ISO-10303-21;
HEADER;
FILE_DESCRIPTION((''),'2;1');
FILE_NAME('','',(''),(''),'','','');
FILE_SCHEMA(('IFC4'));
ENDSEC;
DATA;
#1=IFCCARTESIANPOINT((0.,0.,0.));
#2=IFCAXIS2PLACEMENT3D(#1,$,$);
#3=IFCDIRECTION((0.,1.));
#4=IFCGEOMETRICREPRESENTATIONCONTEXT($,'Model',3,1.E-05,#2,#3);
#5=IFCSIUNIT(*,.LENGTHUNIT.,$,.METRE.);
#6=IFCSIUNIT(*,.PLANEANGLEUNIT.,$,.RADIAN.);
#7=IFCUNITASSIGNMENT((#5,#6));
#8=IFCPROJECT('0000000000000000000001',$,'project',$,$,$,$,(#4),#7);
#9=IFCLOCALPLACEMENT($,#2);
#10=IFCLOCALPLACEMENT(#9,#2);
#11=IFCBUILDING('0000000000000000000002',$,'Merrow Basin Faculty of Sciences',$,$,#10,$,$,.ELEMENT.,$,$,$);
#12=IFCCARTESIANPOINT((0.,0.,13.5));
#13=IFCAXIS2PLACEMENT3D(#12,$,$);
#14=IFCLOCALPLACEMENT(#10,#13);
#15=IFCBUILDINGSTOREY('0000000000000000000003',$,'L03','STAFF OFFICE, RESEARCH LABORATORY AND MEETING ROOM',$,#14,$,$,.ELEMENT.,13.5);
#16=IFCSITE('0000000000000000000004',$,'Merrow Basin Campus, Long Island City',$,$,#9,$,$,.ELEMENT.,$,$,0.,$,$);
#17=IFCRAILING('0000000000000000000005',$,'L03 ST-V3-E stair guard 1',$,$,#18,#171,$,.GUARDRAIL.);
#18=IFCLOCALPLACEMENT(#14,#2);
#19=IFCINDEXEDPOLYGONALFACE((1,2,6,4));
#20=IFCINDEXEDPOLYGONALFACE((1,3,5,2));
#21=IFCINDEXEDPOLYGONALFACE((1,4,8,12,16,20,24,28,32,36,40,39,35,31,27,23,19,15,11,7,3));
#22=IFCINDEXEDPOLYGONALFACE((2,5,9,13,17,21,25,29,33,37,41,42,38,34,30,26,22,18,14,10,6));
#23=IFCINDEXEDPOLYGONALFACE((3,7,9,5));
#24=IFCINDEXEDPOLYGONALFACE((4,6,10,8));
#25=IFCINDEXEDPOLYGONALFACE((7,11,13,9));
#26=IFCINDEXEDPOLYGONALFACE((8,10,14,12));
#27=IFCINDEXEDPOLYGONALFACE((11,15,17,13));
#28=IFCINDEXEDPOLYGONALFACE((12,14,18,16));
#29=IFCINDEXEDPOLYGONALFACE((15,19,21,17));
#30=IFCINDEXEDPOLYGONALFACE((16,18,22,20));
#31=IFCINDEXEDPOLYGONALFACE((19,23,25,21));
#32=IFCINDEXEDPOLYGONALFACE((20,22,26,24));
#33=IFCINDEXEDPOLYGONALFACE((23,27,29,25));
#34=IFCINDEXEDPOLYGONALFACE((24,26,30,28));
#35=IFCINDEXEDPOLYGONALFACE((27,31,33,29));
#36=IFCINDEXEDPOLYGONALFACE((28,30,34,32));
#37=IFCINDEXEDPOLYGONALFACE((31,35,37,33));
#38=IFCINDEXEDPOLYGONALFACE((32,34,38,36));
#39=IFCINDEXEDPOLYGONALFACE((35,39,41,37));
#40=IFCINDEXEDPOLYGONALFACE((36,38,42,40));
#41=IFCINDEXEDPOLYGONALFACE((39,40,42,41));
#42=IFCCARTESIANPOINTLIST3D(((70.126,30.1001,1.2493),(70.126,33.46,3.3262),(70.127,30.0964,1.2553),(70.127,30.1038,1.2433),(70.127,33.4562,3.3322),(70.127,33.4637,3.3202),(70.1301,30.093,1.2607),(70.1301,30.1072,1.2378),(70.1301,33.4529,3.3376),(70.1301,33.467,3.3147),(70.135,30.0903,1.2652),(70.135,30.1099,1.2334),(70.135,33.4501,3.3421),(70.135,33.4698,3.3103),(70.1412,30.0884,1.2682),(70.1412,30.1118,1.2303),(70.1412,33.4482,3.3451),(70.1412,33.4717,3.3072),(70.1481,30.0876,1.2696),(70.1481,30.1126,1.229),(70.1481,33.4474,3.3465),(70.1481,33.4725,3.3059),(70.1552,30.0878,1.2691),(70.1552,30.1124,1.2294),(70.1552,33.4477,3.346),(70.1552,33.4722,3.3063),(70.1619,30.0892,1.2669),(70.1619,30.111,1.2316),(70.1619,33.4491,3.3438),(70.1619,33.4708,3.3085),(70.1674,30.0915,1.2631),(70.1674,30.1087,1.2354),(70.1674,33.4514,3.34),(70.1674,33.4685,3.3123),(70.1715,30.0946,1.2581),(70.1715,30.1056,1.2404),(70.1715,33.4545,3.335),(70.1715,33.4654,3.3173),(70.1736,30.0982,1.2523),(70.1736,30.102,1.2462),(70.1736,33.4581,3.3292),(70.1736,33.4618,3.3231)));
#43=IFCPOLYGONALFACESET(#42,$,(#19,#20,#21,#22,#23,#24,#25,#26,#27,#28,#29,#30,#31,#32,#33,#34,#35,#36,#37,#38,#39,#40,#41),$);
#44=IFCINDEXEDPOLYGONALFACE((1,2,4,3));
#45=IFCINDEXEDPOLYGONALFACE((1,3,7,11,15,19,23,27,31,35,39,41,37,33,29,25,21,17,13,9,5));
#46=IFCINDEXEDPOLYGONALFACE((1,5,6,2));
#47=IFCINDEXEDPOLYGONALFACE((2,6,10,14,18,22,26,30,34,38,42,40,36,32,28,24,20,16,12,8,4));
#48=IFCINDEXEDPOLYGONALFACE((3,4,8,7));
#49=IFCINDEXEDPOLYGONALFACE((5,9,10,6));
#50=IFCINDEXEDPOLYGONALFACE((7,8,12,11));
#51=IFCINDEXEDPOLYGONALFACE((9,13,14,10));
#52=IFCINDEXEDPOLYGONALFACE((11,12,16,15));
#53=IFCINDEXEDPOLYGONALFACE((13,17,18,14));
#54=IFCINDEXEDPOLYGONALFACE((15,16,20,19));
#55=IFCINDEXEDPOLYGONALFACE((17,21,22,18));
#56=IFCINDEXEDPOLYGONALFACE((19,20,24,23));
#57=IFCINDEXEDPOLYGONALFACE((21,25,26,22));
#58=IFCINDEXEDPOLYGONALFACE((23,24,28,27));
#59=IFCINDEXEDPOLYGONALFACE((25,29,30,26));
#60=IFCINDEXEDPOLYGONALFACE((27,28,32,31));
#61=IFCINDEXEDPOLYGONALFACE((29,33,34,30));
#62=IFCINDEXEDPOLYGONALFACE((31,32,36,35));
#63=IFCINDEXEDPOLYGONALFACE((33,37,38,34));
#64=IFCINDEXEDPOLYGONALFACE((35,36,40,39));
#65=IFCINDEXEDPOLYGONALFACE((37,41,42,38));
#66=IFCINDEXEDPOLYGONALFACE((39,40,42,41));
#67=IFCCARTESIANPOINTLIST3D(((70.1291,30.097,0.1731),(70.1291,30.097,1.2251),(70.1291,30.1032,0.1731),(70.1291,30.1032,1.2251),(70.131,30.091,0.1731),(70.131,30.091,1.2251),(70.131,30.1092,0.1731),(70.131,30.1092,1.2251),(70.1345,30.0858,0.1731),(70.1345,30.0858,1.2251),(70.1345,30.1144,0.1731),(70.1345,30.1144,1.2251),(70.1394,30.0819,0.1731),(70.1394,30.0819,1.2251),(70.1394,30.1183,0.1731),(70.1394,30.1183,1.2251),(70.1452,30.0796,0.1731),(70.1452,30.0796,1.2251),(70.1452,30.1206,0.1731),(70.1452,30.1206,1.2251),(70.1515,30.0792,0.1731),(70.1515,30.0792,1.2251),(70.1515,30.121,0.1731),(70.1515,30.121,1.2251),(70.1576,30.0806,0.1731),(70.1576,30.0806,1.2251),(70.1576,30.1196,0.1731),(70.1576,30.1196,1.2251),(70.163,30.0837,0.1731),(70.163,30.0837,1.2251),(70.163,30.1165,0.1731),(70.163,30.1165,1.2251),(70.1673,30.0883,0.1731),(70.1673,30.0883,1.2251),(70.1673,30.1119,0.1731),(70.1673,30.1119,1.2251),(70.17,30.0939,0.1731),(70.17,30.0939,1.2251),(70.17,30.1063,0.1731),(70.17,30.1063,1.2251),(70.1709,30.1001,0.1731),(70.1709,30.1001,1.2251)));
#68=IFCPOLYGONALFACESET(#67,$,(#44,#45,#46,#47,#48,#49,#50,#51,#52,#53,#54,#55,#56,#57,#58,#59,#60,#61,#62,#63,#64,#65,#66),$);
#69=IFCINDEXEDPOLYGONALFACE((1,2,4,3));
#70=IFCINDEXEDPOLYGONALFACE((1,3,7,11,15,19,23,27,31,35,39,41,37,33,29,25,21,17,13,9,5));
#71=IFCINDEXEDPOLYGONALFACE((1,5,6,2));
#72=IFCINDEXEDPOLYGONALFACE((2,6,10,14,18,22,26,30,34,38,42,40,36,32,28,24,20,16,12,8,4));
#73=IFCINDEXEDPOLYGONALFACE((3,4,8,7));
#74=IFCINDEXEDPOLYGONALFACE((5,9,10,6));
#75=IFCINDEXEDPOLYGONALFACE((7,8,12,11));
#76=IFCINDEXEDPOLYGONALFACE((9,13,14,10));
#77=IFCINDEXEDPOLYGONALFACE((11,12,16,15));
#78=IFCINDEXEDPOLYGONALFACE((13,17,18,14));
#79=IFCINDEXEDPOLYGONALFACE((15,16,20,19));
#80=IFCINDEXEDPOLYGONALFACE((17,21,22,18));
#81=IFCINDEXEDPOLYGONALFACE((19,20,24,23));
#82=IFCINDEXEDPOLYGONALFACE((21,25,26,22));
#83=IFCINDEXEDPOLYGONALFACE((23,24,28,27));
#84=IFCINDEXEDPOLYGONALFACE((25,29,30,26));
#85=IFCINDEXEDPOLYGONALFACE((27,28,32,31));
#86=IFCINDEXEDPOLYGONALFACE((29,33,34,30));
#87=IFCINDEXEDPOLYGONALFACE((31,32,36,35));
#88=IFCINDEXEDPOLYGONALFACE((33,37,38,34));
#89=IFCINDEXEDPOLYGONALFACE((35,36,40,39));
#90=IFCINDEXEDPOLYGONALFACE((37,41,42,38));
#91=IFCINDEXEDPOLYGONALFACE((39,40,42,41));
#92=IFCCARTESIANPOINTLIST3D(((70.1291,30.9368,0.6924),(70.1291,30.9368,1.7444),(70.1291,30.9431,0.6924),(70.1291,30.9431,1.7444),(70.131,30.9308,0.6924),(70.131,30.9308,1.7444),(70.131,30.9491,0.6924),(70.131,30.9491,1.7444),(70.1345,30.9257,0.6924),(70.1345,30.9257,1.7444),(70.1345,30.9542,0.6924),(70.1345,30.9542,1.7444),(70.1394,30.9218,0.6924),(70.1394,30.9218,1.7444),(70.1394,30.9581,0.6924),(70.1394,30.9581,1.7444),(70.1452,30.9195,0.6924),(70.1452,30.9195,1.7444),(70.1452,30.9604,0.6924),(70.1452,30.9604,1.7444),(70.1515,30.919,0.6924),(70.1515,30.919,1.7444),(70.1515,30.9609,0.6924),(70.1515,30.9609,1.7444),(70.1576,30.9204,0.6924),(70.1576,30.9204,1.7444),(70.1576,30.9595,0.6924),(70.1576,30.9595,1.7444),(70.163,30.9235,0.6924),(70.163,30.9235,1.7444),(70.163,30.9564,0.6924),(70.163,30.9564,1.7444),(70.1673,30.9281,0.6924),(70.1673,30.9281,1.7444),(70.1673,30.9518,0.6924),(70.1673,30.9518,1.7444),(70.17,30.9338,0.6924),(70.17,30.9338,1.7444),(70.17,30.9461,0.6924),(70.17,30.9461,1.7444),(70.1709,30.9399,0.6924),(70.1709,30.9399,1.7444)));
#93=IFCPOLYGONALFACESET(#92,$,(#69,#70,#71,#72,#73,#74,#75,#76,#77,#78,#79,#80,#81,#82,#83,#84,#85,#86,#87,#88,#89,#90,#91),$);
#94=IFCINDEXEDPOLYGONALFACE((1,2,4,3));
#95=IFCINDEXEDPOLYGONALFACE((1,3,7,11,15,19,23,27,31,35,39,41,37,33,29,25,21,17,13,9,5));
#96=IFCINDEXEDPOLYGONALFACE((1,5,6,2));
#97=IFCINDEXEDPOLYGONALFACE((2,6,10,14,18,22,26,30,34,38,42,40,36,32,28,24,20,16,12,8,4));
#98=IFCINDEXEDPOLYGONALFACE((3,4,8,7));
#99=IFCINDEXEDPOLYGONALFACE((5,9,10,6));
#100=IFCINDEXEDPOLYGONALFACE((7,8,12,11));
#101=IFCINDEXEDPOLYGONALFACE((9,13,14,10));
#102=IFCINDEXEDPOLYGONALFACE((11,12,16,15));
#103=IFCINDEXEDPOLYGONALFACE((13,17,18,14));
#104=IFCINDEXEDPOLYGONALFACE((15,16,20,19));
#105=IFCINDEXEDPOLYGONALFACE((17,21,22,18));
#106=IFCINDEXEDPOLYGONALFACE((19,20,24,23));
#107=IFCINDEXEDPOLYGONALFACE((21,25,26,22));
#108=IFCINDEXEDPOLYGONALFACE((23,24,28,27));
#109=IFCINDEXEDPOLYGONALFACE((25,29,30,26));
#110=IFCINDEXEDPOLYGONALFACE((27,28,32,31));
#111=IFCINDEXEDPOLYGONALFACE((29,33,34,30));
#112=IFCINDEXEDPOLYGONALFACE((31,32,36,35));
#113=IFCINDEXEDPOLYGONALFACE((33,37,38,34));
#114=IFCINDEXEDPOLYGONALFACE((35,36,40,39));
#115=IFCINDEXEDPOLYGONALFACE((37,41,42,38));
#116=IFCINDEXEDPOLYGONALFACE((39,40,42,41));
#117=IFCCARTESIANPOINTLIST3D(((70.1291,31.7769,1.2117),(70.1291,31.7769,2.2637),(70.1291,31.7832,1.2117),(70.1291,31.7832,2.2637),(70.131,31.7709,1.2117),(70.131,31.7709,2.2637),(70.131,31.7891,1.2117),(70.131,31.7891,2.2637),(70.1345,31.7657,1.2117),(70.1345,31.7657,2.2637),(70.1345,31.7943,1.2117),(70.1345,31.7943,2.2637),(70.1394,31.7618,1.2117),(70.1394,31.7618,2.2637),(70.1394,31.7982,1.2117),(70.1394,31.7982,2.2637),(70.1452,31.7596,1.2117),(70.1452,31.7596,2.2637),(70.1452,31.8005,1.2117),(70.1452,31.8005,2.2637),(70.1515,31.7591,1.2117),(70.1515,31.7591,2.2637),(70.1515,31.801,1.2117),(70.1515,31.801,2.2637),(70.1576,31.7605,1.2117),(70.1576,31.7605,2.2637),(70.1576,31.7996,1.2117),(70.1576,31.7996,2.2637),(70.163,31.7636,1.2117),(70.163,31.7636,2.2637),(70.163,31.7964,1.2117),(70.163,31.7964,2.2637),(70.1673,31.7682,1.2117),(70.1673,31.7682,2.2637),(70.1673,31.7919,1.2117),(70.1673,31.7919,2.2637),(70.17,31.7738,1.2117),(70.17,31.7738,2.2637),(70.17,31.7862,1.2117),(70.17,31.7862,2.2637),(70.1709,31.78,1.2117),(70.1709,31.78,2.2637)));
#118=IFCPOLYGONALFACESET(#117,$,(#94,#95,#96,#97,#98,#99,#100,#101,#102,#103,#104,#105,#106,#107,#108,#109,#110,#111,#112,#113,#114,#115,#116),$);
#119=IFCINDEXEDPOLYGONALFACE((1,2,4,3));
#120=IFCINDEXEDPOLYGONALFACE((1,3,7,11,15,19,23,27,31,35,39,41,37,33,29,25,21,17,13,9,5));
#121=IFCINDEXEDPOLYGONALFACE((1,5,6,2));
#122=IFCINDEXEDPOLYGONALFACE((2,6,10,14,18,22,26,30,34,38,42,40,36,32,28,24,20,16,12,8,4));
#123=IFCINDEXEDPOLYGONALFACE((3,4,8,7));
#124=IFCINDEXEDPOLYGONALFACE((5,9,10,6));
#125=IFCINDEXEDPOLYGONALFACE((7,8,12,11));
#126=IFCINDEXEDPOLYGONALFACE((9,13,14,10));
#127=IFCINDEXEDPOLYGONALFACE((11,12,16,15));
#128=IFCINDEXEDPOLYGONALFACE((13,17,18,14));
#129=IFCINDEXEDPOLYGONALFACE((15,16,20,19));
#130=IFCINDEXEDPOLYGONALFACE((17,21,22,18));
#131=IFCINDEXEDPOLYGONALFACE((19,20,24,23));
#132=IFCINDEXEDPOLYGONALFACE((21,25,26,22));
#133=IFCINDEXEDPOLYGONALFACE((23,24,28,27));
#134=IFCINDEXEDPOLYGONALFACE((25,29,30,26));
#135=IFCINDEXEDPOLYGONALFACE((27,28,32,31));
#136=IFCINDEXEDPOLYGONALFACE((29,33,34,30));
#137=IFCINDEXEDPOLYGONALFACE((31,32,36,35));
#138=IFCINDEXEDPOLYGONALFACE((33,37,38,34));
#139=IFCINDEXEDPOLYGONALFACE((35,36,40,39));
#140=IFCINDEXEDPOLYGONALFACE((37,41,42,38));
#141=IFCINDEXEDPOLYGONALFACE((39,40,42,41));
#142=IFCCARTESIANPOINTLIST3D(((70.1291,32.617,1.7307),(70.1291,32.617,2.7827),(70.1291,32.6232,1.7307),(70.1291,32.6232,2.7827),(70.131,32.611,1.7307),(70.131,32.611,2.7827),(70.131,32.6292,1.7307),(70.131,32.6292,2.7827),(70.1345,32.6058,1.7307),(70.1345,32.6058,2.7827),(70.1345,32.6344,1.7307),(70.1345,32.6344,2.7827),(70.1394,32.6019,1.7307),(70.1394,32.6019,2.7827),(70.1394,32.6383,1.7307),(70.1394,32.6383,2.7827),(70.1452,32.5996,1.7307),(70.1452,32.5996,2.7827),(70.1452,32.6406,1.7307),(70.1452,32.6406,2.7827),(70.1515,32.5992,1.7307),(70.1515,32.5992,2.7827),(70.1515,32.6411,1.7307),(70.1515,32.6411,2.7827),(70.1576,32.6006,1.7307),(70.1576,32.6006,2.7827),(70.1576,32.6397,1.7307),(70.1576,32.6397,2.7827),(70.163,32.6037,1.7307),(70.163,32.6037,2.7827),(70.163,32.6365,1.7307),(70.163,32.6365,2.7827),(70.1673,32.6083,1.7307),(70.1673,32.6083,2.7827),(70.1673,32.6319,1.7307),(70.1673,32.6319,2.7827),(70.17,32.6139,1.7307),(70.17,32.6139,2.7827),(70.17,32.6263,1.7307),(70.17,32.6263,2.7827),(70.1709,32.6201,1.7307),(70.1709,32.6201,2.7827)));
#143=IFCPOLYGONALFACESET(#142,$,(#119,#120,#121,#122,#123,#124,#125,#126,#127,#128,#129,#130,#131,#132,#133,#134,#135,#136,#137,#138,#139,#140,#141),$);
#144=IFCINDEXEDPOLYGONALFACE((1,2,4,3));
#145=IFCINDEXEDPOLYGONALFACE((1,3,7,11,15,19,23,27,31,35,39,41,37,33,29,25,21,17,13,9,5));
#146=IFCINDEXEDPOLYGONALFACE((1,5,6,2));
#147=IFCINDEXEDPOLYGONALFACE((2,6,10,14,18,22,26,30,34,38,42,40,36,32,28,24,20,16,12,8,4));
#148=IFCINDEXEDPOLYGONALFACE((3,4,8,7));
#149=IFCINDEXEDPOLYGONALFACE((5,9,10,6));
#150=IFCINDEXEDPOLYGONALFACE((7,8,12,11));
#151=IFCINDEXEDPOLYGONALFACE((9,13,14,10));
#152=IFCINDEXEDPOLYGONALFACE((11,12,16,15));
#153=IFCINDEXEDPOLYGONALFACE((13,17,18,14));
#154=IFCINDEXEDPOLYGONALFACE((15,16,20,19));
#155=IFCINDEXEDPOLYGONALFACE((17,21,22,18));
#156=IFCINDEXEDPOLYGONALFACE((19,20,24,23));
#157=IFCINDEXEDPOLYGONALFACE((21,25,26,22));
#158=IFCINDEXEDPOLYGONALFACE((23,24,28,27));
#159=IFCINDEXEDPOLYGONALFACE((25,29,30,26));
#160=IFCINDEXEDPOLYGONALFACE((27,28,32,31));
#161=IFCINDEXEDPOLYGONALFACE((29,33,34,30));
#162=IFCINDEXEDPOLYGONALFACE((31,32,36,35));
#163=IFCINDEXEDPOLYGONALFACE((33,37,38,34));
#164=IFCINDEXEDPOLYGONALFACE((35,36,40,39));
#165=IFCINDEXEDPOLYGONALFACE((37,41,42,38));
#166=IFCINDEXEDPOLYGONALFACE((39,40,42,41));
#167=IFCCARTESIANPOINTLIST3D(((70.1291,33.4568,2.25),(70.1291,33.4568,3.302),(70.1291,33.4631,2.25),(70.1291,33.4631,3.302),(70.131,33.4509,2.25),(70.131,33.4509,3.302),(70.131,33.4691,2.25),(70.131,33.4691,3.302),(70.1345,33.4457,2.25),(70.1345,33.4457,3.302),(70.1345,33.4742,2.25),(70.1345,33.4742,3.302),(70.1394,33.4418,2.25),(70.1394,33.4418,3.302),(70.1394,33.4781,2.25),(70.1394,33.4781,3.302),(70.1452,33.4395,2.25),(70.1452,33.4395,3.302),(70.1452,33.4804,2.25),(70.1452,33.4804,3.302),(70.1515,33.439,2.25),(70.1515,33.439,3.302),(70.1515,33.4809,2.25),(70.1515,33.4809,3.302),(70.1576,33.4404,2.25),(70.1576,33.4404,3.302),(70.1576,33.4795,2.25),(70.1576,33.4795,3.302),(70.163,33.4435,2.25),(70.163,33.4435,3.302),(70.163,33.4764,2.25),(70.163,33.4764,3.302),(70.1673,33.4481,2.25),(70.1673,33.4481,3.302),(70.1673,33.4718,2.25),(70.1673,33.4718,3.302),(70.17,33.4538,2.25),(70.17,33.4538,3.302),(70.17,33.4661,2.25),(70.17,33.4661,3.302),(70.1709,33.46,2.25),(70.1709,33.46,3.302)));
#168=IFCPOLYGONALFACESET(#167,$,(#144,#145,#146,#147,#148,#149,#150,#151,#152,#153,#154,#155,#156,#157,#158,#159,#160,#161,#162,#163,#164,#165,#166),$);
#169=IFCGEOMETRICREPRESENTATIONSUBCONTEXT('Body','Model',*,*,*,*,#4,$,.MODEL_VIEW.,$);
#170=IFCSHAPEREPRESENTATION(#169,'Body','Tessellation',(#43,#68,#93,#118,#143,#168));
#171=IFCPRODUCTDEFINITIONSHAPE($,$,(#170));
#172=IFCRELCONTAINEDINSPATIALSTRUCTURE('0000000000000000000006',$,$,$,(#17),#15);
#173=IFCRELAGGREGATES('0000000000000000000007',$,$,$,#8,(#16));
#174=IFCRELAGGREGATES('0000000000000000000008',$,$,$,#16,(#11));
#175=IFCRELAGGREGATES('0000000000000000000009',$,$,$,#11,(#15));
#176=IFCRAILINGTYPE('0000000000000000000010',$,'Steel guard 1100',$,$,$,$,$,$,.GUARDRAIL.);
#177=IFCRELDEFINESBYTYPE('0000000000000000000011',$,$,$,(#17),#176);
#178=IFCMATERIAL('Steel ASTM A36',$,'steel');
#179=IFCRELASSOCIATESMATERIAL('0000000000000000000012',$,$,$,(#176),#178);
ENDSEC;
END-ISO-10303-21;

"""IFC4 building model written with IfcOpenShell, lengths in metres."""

from ifc_helpers import new_model, si_unit, direction, frame, origin, origin_2d, place, context, subcontext, project, spatial, circle, extrude, material, type_object, element, save


model = new_model("IFC4")

# Units and contexts
model_context = context("Model", 3, precision=1e-05, world=origin(), true_north=direction((0.0, 1.0)))
body_context = subcontext(model_context, "Body", "Model", "MODEL_VIEW")
ifc_project = project(units=[si_unit("LENGTHUNIT", "METRE"), si_unit("PLANEANGLEUNIT", "RADIAN")], contexts=[model_context])

# Site, building, storey
site_placement = place(None, origin())
site = spatial("IfcSite", under=ifc_project, at=site_placement, Name="Merrow Basin Campus, Long Island City", CompositionType="ELEMENT", RefElevation=0.0)
building_placement = place(site_placement, origin())
building = spatial("IfcBuilding", under=site, at=building_placement, Name="Merrow Basin Faculty of Sciences", CompositionType="ELEMENT")
storey_placement = place(building_placement, frame((0.0, 0.0, 13.5)))
storey = spatial("IfcBuildingStorey", under=building, at=storey_placement, Name="L03", Description="STAFF OFFICE, RESEARCH LABORATORY AND MEETING ROOM", CompositionType="ELEMENT", Elevation=13.5)

# Railing
ifc_material_1 = material(Name="Steel ASTM A36", Category="steel")
railing_type_1 = type_object("IfcRailingType", Name="Steel guard 1100", PredefinedType="GUARDRAIL", material=ifc_material_1)
railing_1_placement = place(storey_placement, frame((70.1499, 30.1001, 0.1731)))
element("IfcRailing", 1, at=railing_1_placement, inside=storey, type_object=railing_type_1, Name="L03 ST-V3-E stair guard 1", PredefinedType="GUARDRAIL", context=body_context, shape_type="SweptSolid", body=[
    extrude(circle(Radius=0.0239, at=origin_2d()), frame((0.0, 0.0, 1.0762), z_axis=(0.0, 0.850606, 0.525803), x_axis=(-1.0, 0.0, 0.0)), (0.0, 0.0, 1.0), 3.95),
    extrude(circle(Radius=0.021, at=origin_2d()), origin(), (0.0, 0.0, 1.0), 1.052),
    extrude(circle(Radius=0.021, at=origin_2d()), frame((0.0, 0.8398, 0.5193)), (0.0, 0.0, 1.0), 1.052),
    extrude(circle(Radius=0.021, at=origin_2d()), frame((0.0, 1.6799, 1.0386)), (0.0, 0.0, 1.0), 1.052),
    extrude(circle(Radius=0.021, at=origin_2d()), frame((0.0, 2.52, 1.5576)), (0.0, 0.0, 1.0), 1.052),
    extrude(circle(Radius=0.021, at=origin_2d()), frame((0.0, 3.3599, 2.0769)), (0.0, 0.0, 1.0), 1.052),
])

save(model, "model.ifc")
